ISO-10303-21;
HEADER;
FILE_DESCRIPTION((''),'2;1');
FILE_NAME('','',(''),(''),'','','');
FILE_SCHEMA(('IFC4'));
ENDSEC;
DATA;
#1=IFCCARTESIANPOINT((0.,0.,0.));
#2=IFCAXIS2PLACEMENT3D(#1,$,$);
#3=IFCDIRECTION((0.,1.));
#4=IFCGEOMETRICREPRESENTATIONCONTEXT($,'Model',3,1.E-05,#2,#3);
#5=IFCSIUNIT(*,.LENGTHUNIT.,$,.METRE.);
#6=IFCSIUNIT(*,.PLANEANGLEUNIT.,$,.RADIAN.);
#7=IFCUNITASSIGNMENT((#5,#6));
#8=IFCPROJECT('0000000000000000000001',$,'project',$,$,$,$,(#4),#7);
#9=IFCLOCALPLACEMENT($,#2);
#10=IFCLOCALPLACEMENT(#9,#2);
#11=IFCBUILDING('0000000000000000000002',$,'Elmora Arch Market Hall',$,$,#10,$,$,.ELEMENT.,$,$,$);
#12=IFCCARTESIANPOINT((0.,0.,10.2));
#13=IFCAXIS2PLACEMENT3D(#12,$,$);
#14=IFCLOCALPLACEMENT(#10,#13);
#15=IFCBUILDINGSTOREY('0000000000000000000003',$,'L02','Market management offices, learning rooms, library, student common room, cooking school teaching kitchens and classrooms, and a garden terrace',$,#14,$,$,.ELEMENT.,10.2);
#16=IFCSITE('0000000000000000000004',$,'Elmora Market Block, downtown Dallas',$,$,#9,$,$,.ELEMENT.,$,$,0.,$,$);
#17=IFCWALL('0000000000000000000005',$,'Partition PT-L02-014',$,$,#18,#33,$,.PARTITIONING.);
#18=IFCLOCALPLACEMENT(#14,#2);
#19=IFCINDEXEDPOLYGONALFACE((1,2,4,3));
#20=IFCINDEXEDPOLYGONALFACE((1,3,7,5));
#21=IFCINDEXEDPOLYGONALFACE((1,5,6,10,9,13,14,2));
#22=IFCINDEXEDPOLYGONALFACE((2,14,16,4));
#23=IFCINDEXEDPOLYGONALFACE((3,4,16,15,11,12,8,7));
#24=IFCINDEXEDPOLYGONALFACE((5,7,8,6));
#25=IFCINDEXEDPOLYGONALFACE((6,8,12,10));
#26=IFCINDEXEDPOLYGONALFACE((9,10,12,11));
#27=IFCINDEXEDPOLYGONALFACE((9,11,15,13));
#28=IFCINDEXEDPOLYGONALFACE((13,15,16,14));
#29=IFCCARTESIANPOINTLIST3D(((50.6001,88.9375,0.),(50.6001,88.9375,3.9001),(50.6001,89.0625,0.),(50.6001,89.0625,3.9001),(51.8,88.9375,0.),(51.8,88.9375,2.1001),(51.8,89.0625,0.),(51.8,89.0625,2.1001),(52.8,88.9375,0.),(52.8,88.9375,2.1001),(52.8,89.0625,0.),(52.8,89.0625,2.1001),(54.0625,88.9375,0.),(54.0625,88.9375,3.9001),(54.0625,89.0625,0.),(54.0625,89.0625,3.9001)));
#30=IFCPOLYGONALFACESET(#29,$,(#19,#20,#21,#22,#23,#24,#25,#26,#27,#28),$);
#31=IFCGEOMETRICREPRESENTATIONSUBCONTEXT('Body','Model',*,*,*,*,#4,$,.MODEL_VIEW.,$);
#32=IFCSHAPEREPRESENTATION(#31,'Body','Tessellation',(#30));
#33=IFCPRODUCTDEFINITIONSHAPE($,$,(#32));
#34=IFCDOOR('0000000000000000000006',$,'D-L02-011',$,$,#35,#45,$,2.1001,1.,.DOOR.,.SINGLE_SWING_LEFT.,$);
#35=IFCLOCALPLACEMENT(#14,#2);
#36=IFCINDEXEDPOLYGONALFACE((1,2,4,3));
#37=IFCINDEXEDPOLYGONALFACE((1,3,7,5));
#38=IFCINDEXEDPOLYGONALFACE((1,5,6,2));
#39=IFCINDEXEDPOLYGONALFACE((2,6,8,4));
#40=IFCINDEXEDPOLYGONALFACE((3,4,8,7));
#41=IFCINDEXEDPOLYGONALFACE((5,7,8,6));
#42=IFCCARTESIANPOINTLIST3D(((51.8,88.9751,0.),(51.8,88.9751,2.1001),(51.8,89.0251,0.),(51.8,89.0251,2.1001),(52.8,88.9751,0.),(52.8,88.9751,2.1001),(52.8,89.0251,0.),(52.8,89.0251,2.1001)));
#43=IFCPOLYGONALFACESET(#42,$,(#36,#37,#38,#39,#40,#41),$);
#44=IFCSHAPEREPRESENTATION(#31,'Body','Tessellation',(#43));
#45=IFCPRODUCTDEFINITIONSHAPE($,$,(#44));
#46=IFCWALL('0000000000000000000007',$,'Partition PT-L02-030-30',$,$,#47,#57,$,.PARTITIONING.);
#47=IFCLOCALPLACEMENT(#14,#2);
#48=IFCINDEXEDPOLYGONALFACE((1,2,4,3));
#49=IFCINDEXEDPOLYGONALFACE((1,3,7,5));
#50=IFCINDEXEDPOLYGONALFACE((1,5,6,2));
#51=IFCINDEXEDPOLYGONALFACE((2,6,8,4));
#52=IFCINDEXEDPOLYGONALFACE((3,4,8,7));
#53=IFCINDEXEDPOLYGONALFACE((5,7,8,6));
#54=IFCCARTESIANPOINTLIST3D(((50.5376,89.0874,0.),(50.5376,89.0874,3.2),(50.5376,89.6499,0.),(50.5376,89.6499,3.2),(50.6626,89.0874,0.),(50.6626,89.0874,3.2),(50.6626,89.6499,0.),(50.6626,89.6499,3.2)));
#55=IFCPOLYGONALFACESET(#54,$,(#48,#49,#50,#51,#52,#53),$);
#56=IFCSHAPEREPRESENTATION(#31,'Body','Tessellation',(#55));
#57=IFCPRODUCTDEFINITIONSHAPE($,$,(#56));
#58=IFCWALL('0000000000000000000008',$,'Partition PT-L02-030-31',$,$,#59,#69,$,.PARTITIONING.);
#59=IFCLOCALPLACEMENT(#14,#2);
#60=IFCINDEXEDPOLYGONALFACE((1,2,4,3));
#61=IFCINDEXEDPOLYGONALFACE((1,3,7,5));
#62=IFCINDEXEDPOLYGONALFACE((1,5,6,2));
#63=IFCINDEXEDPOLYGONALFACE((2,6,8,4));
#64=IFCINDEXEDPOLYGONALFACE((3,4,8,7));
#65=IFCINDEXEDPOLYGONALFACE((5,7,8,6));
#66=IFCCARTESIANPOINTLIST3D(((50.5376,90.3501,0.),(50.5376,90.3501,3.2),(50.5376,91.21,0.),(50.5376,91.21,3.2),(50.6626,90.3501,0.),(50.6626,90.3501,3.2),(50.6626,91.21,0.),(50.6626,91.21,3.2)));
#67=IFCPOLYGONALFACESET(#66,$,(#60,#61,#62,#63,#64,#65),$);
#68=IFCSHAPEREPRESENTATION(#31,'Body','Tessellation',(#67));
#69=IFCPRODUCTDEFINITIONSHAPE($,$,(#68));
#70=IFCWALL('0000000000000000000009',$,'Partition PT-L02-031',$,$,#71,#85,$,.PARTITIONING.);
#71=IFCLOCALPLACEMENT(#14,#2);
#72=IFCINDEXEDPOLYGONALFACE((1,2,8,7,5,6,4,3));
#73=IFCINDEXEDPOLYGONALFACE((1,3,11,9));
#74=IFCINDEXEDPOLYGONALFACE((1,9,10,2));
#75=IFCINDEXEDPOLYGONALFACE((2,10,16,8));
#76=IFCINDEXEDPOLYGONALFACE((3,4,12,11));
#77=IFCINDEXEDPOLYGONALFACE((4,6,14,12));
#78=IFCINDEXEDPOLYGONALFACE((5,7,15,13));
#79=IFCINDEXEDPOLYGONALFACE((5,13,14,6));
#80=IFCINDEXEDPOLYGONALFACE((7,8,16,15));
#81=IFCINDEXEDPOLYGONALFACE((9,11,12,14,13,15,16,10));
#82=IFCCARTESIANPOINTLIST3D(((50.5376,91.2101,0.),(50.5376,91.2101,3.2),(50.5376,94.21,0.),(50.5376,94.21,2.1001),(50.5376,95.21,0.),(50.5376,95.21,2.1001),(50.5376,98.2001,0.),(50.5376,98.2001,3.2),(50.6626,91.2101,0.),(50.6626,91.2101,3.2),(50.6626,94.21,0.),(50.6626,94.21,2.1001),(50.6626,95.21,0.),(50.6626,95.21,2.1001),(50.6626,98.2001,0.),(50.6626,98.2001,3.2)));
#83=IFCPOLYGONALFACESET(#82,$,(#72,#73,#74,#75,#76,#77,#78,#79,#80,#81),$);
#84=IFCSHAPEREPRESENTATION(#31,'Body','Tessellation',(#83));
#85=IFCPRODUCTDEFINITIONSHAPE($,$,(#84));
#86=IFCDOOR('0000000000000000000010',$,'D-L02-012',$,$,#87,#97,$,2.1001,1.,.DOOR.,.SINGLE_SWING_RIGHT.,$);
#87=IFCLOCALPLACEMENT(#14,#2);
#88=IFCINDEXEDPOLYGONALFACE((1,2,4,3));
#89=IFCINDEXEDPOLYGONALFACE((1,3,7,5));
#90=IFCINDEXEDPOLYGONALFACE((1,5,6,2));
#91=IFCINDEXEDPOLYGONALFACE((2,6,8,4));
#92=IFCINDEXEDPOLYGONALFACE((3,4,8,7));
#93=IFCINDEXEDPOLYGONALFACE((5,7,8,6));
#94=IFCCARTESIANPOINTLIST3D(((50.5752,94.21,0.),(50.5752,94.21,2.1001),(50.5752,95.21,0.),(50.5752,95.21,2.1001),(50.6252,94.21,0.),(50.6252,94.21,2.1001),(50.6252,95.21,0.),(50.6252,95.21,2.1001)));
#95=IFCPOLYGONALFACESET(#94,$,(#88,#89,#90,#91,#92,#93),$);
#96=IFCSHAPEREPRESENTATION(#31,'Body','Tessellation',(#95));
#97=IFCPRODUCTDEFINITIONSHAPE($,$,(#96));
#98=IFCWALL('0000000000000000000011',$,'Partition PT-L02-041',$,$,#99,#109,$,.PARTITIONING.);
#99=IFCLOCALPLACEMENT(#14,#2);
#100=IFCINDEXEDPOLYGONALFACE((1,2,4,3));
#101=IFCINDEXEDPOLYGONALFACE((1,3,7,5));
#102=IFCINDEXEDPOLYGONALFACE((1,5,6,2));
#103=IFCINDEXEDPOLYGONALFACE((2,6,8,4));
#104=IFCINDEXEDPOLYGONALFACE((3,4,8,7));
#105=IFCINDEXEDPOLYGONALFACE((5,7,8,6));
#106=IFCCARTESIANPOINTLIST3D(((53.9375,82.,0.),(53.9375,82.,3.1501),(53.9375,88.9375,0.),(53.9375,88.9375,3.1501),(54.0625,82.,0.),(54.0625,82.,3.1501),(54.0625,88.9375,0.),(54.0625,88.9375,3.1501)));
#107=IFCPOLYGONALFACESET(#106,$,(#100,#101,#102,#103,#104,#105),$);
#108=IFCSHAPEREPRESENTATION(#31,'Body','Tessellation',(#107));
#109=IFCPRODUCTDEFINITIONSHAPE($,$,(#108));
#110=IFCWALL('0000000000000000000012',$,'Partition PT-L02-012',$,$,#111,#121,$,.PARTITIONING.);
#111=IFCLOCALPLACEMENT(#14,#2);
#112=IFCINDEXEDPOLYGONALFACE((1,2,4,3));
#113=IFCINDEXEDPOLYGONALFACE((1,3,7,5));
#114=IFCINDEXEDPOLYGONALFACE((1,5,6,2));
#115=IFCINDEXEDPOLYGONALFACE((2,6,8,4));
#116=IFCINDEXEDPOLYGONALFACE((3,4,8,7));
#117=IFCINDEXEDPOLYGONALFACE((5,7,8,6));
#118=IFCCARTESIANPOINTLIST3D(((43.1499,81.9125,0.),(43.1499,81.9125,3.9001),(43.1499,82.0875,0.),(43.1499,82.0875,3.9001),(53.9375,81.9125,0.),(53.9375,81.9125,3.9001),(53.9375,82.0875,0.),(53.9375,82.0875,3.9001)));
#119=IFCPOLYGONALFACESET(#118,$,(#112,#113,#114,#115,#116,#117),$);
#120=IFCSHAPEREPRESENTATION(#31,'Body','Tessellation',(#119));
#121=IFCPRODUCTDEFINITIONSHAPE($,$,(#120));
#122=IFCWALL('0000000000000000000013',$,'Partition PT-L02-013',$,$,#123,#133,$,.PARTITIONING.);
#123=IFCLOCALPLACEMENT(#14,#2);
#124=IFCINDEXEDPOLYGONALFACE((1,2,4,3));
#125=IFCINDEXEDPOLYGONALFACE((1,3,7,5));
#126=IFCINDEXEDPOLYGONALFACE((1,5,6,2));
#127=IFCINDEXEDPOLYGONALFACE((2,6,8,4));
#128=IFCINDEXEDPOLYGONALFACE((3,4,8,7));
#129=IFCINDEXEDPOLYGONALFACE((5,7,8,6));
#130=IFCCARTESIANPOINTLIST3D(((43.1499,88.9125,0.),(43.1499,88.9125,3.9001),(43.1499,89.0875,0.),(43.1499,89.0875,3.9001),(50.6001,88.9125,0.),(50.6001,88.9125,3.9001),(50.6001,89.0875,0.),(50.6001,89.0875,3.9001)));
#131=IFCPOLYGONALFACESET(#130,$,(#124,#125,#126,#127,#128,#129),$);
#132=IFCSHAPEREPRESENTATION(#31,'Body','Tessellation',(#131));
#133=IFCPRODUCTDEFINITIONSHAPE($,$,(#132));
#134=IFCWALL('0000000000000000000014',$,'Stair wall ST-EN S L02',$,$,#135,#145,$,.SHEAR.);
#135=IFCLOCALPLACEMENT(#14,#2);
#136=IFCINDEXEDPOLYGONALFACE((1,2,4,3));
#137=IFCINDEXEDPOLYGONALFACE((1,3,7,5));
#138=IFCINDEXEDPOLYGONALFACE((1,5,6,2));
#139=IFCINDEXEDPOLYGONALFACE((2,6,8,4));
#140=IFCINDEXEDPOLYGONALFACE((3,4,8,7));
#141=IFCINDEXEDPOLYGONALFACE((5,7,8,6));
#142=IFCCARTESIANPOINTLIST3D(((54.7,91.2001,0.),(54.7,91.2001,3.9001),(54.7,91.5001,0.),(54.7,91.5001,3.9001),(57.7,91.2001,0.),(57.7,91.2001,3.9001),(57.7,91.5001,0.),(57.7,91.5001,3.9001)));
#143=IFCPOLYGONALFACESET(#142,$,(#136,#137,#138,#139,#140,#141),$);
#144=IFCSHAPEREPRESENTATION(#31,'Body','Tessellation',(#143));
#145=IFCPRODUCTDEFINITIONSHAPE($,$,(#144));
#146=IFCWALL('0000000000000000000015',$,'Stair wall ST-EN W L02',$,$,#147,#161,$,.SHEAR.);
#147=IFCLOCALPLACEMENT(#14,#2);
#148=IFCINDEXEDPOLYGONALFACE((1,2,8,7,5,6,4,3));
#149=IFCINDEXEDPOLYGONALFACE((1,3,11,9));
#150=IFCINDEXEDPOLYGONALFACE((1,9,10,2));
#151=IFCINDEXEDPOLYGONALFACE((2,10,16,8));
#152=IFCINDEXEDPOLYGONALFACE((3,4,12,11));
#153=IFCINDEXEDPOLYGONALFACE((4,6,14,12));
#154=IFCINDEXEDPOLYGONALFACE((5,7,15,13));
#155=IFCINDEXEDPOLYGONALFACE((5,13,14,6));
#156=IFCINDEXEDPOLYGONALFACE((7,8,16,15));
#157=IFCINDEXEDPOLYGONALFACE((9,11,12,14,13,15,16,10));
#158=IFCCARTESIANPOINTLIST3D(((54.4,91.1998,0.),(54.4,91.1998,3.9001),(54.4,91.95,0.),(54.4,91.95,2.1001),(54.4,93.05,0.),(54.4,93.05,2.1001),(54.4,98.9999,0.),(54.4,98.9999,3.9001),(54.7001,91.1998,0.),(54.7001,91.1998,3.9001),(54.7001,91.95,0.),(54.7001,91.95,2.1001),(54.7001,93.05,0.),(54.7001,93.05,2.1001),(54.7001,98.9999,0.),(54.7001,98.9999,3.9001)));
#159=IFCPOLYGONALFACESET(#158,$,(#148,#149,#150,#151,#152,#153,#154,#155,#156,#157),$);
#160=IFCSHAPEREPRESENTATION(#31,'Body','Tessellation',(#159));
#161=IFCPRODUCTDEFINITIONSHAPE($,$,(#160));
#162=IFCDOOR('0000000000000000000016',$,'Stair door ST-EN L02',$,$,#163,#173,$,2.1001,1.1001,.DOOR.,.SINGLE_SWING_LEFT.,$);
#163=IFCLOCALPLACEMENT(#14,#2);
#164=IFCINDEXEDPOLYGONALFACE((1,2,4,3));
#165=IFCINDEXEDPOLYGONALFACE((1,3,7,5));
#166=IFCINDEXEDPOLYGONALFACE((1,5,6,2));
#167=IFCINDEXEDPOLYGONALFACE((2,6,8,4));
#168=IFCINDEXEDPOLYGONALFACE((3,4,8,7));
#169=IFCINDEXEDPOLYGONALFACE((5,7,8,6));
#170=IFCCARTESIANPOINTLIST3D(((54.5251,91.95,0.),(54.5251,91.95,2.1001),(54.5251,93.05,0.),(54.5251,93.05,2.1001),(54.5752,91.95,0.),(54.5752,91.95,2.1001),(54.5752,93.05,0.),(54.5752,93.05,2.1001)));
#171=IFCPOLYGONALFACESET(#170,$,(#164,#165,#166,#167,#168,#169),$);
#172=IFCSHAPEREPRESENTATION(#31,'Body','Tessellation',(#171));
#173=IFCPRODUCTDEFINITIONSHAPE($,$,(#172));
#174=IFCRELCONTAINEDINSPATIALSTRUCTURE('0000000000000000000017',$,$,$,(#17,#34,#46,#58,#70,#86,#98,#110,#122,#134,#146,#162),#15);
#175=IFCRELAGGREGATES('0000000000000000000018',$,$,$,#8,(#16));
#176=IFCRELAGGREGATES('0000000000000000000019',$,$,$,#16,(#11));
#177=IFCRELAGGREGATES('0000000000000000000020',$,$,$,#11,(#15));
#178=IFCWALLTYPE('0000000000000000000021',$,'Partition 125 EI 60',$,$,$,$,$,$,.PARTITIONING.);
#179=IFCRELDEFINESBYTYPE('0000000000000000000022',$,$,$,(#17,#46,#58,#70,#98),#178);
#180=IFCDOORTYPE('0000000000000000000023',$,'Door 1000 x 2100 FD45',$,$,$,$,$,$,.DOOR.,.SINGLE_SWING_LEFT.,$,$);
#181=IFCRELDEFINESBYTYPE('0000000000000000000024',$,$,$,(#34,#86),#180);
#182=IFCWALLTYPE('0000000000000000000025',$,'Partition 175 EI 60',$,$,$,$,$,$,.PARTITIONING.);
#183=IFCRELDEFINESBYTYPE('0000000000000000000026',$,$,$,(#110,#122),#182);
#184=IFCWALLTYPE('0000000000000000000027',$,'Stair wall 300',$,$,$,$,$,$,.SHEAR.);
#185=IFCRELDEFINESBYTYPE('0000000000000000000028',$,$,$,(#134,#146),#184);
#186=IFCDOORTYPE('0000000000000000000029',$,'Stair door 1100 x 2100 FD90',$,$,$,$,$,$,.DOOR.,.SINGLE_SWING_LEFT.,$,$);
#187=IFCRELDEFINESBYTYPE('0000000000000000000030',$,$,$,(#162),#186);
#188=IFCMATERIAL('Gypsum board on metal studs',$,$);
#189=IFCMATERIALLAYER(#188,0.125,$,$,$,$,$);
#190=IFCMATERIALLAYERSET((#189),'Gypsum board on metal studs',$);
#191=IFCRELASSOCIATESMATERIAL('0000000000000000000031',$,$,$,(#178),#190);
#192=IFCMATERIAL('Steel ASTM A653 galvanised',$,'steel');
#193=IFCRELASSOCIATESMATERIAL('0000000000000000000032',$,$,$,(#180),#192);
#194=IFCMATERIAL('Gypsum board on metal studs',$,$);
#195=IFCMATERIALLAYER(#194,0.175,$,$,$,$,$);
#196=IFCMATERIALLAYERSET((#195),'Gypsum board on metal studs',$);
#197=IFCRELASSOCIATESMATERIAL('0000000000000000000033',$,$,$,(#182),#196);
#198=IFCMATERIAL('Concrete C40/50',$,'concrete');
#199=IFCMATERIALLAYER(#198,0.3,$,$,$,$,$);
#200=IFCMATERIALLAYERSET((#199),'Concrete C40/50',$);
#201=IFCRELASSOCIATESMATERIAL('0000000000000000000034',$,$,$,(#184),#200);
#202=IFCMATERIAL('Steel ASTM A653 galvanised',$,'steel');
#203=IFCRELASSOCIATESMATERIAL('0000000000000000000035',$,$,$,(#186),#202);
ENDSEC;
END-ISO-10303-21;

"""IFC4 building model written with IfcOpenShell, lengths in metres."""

from ifc_helpers import new_model, si_unit, direction, frame, frame_2d, origin, place, context, subcontext, project, spatial, rectangle, extrude, material, layer, layer_set, type_object, element, fill, save


model = new_model("IFC4")

# Units and contexts
model_context = context("Model", 3, precision=1e-05, world=origin(), true_north=direction((0.0, 1.0)))
body_context = subcontext(model_context, "Body", "Model", "MODEL_VIEW")
ifc_project = project(units=[si_unit("LENGTHUNIT", "METRE"), si_unit("PLANEANGLEUNIT", "RADIAN")], contexts=[model_context])

# Site, building, storey
site_placement = place(None, origin())
site = spatial("IfcSite", under=ifc_project, at=site_placement, Name="Elmora Market Block, downtown Dallas", CompositionType="ELEMENT", RefElevation=0.0)
building_placement = place(site_placement, origin())
building = spatial("IfcBuilding", under=site, at=building_placement, Name="Elmora Arch Market Hall", CompositionType="ELEMENT")
storey_placement = place(building_placement, frame((0.0, 0.0, 10.2)))
storey = spatial("IfcBuildingStorey", under=building, at=storey_placement, Name="L02", Description="Market management offices, learning rooms, library, student common room, cooking school teaching kitchens and classrooms, and a garden terrace", CompositionType="ELEMENT", Elevation=10.2)

# Wall, opening, door
ifc_material_1 = material(Name="Gypsum board on metal studs")
ifc_layer_1 = layer(ifc_material_1, 0.125)
ifc_layer_set_1 = layer_set([ifc_layer_1], Name="Gypsum board on metal studs")
wall_type_1 = type_object("IfcWallType", Name="Partition 125 EI 60", PredefinedType="PARTITIONING", material=ifc_layer_set_1)
wall_1_placement = place(storey_placement, frame((50.6001, 89.0, 0.0), z_axis=(0.0, 0.0, 1.0), x_axis=(1.0, 0.0, 0.0)))
wall_1 = element("IfcWall", 1, at=wall_1_placement, inside=storey, type_object=wall_type_1, Name="Partition PT-L02-014", PredefinedType="PARTITIONING", context=body_context, shape_type="SweptSolid", body=[
    extrude(rectangle(XDim=3.4624, YDim=0.125, at=frame_2d((1.7312, 0.0))), origin(), (0.0, 0.0, 1.0), 3.9001),
])
opening_1_placement = place(wall_1_placement, frame((1.2, 0.0, 0.0)))
opening_1 = element("IfcOpeningElement", 2, at=opening_1_placement, cuts=wall_1, PredefinedType="OPENING", context=body_context, shape_type="SweptSolid", body=[
    extrude(rectangle(XDim=1.0, YDim=2.1001, at=frame_2d((0.5, 1.05))), frame((0.0, 0.0725, 0.0), z_axis=(0.0, -1.0, 0.0), x_axis=(1.0, 0.0, 0.0)), (0.0, 0.0, 1.0), 0.145),
])
ifc_material_2 = material(Name="Steel ASTM A653 galvanised", Category="steel")
door_type_1 = type_object("IfcDoorType", Name="Door 1000 x 2100 FD45", OperationType="SINGLE_SWING_LEFT", PredefinedType="DOOR", material=ifc_material_2)
door_1_placement = place(opening_1_placement, frame((1.0, 0.0, 0.0), z_axis=(0.0, 0.0, 1.0), x_axis=(-1.0, 0.0, 0.0)))
door_1 = element("IfcDoor", 3, at=door_1_placement, inside=storey, type_object=door_type_1, Name="D-L02-011", OperationType="SINGLE_SWING_LEFT", OverallHeight=2.1001, OverallWidth=1.0, PredefinedType="DOOR", context=body_context, shape_type="SweptSolid", body=[
    extrude(rectangle(XDim=1.0, YDim=2.1001, at=frame_2d((0.5, 1.05))), frame((0.0, 0.0249, 0.0), z_axis=(0.0, -1.0, 0.0), x_axis=(1.0, 0.0, 0.0)), (0.0, 0.0, 1.0), 0.05),
])
fill(opening_1, door_1)

# Walls
wall_2_placement = place(storey_placement, frame((50.6001, 89.0874, 0.0), z_axis=(0.0, 0.0, 1.0), x_axis=(0.0, 1.0, 0.0)))
element("IfcWall", 4, at=wall_2_placement, inside=storey, type_object=wall_type_1, Name="Partition PT-L02-030-30", PredefinedType="PARTITIONING", context=body_context, shape_type="SweptSolid", body=[
    extrude(rectangle(XDim=0.5625, YDim=0.125, at=frame_2d((0.2812, 0.0))), origin(), (0.0, 0.0, 1.0), 3.2),
])
wall_3_placement = place(storey_placement, frame((50.6001, 90.3501, 0.0), z_axis=(0.0, 0.0, 1.0), x_axis=(0.0, 1.0, 0.0)))
element("IfcWall", 5, at=wall_3_placement, inside=storey, type_object=wall_type_1, Name="Partition PT-L02-030-31", PredefinedType="PARTITIONING", context=body_context, shape_type="SweptSolid", body=[
    extrude(rectangle(XDim=0.8599, YDim=0.125, at=frame_2d((0.4299, 0.0))), origin(), (0.0, 0.0, 1.0), 3.2),
])

# Wall, opening, door
wall_4_placement = place(storey_placement, frame((50.6001, 91.21, 0.0), z_axis=(0.0, 0.0, 1.0), x_axis=(0.0, 1.0, 0.0)))
wall_4 = element("IfcWall", 6, at=wall_4_placement, inside=storey, type_object=wall_type_1, Name="Partition PT-L02-031", PredefinedType="PARTITIONING", context=body_context, shape_type="SweptSolid", body=[
    extrude(rectangle(XDim=6.99, YDim=0.125, at=frame_2d((3.4951, 0.0))), origin(), (0.0, 0.0, 1.0), 3.2),
])
opening_2_placement = place(wall_4_placement, frame((3.0, 0.0, 0.0)))
opening_2 = element("IfcOpeningElement", 7, at=opening_2_placement, cuts=wall_4, PredefinedType="OPENING", context=body_context, shape_type="SweptSolid", body=[
    extrude(rectangle(XDim=1.0, YDim=2.1001, at=frame_2d((0.5, 1.05))), frame((0.0, 0.0725, 0.0), z_axis=(0.0, -1.0, 0.0), x_axis=(1.0, 0.0, 0.0)), (0.0, 0.0, 1.0), 0.145),
])
door_2_placement = place(opening_2_placement, origin())
door_2 = element("IfcDoor", 8, at=door_2_placement, inside=storey, type_object=door_type_1, Name="D-L02-012", OperationType="SINGLE_SWING_RIGHT", OverallHeight=2.1001, OverallWidth=1.0, PredefinedType="DOOR", context=body_context, shape_type="SweptSolid", body=[
    extrude(rectangle(XDim=1.0, YDim=2.1001, at=frame_2d((0.5, 1.05))), frame((0.0, 0.0249, 0.0), z_axis=(0.0, -1.0, 0.0), x_axis=(1.0, 0.0, 0.0)), (0.0, 0.0, 1.0), 0.05),
])
fill(opening_2, door_2)

# Walls
wall_5_placement = place(storey_placement, frame((54.0, 82.0, 0.0), z_axis=(0.0, 0.0, 1.0), x_axis=(0.0, 1.0, 0.0)))
element("IfcWall", 9, at=wall_5_placement, inside=storey, type_object=wall_type_1, Name="Partition PT-L02-041", PredefinedType="PARTITIONING", context=body_context, shape_type="SweptSolid", body=[
    extrude(rectangle(XDim=6.9375, YDim=0.125, at=frame_2d((3.4688, 0.0))), origin(), (0.0, 0.0, 1.0), 3.1501),
])
ifc_material_3 = material(Name="Gypsum board on metal studs")
ifc_layer_2 = layer(ifc_material_3, 0.175)
ifc_layer_set_2 = layer_set([ifc_layer_2], Name="Gypsum board on metal studs")
wall_type_2 = type_object("IfcWallType", Name="Partition 175 EI 60", PredefinedType="PARTITIONING", material=ifc_layer_set_2)
wall_6_placement = place(storey_placement, frame((43.1499, 82.0, 0.0), z_axis=(0.0, 0.0, 1.0), x_axis=(1.0, 0.0, 0.0)))
element("IfcWall", 10, at=wall_6_placement, inside=storey, type_object=wall_type_2, Name="Partition PT-L02-012", PredefinedType="PARTITIONING", context=body_context, shape_type="SweptSolid", body=[
    extrude(rectangle(XDim=10.7876, YDim=0.175, at=frame_2d((5.3938, 0.0))), origin(), (0.0, 0.0, 1.0), 3.9001),
])
wall_7_placement = place(storey_placement, frame((43.1499, 89.0, 0.0), z_axis=(0.0, 0.0, 1.0), x_axis=(1.0, 0.0, 0.0)))
element("IfcWall", 11, at=wall_7_placement, inside=storey, type_object=wall_type_2, Name="Partition PT-L02-013", PredefinedType="PARTITIONING", context=body_context, shape_type="SweptSolid", body=[
    extrude(rectangle(XDim=7.4502, YDim=0.175, at=frame_2d((3.7251, 0.0))), origin(), (0.0, 0.0, 1.0), 3.9001),
])
ifc_material_4 = material(Name="Concrete C40/50", Category="concrete")
ifc_layer_3 = layer(ifc_material_4, 0.3)
ifc_layer_set_3 = layer_set([ifc_layer_3], Name="Concrete C40/50")
wall_type_3 = type_object("IfcWallType", Name="Stair wall 300", PredefinedType="SHEAR", material=ifc_layer_set_3)
wall_8_placement = place(storey_placement, frame((54.7, 91.3501, 0.0), z_axis=(0.0, 0.0, 1.0), x_axis=(1.0, 0.0, 0.0)))
element("IfcWall", 12, at=wall_8_placement, inside=storey, type_object=wall_type_3, Name="Stair wall ST-EN S L02", PredefinedType="SHEAR", context=body_context, shape_type="SweptSolid", body=[
    extrude(rectangle(XDim=3.0, YDim=0.3, at=frame_2d((1.5, 0.0))), origin(), (0.0, 0.0, 1.0), 3.9001),
])

# Wall, opening, door
wall_9_placement = place(storey_placement, frame((54.55, 91.2, 0.0), z_axis=(0.0, 0.0, 1.0), x_axis=(0.0, 1.0, 0.0)))
wall_9 = element("IfcWall", 13, at=wall_9_placement, inside=storey, type_object=wall_type_3, Name="Stair wall ST-EN W L02", PredefinedType="SHEAR", context=body_context, shape_type="SweptSolid", body=[
    extrude(rectangle(XDim=7.8, YDim=0.3, at=frame_2d((3.8999, 0.0))), origin(), (0.0, 0.0, 1.0), 3.9001),
])
opening_3_placement = place(wall_9_placement, frame((0.75, 0.0, 0.0)))
opening_3 = element("IfcOpeningElement", 14, at=opening_3_placement, cuts=wall_9, PredefinedType="OPENING", context=body_context, shape_type="SweptSolid", body=[
    extrude(rectangle(XDim=1.1001, YDim=2.1001, at=frame_2d((0.55, 1.05))), frame((0.0, 0.1599, 0.0), z_axis=(0.0, -1.0, 0.0), x_axis=(1.0, 0.0, 0.0)), (0.0, 0.0, 1.0), 0.3201),
])
ifc_material_5 = material(Name="Steel ASTM A653 galvanised", Category="steel")
door_type_2 = type_object("IfcDoorType", Name="Stair door 1100 x 2100 FD90", OperationType="SINGLE_SWING_LEFT", PredefinedType="DOOR", material=ifc_material_5)
door_3_placement = place(opening_3_placement, origin())
door_3 = element("IfcDoor", 15, at=door_3_placement, inside=storey, type_object=door_type_2, Name="Stair door ST-EN L02", OperationType="SINGLE_SWING_LEFT", OverallHeight=2.1001, OverallWidth=1.1001, PredefinedType="DOOR", context=body_context, shape_type="SweptSolid", body=[
    extrude(rectangle(XDim=1.1001, YDim=2.1001, at=frame_2d((0.55, 1.05))), frame((0.0, 0.0249, 0.0), z_axis=(0.0, -1.0, 0.0), x_axis=(1.0, 0.0, 0.0)), (0.0, 0.0, 1.0), 0.05),
])
fill(opening_3, door_3)

save(model, "model.ifc")
